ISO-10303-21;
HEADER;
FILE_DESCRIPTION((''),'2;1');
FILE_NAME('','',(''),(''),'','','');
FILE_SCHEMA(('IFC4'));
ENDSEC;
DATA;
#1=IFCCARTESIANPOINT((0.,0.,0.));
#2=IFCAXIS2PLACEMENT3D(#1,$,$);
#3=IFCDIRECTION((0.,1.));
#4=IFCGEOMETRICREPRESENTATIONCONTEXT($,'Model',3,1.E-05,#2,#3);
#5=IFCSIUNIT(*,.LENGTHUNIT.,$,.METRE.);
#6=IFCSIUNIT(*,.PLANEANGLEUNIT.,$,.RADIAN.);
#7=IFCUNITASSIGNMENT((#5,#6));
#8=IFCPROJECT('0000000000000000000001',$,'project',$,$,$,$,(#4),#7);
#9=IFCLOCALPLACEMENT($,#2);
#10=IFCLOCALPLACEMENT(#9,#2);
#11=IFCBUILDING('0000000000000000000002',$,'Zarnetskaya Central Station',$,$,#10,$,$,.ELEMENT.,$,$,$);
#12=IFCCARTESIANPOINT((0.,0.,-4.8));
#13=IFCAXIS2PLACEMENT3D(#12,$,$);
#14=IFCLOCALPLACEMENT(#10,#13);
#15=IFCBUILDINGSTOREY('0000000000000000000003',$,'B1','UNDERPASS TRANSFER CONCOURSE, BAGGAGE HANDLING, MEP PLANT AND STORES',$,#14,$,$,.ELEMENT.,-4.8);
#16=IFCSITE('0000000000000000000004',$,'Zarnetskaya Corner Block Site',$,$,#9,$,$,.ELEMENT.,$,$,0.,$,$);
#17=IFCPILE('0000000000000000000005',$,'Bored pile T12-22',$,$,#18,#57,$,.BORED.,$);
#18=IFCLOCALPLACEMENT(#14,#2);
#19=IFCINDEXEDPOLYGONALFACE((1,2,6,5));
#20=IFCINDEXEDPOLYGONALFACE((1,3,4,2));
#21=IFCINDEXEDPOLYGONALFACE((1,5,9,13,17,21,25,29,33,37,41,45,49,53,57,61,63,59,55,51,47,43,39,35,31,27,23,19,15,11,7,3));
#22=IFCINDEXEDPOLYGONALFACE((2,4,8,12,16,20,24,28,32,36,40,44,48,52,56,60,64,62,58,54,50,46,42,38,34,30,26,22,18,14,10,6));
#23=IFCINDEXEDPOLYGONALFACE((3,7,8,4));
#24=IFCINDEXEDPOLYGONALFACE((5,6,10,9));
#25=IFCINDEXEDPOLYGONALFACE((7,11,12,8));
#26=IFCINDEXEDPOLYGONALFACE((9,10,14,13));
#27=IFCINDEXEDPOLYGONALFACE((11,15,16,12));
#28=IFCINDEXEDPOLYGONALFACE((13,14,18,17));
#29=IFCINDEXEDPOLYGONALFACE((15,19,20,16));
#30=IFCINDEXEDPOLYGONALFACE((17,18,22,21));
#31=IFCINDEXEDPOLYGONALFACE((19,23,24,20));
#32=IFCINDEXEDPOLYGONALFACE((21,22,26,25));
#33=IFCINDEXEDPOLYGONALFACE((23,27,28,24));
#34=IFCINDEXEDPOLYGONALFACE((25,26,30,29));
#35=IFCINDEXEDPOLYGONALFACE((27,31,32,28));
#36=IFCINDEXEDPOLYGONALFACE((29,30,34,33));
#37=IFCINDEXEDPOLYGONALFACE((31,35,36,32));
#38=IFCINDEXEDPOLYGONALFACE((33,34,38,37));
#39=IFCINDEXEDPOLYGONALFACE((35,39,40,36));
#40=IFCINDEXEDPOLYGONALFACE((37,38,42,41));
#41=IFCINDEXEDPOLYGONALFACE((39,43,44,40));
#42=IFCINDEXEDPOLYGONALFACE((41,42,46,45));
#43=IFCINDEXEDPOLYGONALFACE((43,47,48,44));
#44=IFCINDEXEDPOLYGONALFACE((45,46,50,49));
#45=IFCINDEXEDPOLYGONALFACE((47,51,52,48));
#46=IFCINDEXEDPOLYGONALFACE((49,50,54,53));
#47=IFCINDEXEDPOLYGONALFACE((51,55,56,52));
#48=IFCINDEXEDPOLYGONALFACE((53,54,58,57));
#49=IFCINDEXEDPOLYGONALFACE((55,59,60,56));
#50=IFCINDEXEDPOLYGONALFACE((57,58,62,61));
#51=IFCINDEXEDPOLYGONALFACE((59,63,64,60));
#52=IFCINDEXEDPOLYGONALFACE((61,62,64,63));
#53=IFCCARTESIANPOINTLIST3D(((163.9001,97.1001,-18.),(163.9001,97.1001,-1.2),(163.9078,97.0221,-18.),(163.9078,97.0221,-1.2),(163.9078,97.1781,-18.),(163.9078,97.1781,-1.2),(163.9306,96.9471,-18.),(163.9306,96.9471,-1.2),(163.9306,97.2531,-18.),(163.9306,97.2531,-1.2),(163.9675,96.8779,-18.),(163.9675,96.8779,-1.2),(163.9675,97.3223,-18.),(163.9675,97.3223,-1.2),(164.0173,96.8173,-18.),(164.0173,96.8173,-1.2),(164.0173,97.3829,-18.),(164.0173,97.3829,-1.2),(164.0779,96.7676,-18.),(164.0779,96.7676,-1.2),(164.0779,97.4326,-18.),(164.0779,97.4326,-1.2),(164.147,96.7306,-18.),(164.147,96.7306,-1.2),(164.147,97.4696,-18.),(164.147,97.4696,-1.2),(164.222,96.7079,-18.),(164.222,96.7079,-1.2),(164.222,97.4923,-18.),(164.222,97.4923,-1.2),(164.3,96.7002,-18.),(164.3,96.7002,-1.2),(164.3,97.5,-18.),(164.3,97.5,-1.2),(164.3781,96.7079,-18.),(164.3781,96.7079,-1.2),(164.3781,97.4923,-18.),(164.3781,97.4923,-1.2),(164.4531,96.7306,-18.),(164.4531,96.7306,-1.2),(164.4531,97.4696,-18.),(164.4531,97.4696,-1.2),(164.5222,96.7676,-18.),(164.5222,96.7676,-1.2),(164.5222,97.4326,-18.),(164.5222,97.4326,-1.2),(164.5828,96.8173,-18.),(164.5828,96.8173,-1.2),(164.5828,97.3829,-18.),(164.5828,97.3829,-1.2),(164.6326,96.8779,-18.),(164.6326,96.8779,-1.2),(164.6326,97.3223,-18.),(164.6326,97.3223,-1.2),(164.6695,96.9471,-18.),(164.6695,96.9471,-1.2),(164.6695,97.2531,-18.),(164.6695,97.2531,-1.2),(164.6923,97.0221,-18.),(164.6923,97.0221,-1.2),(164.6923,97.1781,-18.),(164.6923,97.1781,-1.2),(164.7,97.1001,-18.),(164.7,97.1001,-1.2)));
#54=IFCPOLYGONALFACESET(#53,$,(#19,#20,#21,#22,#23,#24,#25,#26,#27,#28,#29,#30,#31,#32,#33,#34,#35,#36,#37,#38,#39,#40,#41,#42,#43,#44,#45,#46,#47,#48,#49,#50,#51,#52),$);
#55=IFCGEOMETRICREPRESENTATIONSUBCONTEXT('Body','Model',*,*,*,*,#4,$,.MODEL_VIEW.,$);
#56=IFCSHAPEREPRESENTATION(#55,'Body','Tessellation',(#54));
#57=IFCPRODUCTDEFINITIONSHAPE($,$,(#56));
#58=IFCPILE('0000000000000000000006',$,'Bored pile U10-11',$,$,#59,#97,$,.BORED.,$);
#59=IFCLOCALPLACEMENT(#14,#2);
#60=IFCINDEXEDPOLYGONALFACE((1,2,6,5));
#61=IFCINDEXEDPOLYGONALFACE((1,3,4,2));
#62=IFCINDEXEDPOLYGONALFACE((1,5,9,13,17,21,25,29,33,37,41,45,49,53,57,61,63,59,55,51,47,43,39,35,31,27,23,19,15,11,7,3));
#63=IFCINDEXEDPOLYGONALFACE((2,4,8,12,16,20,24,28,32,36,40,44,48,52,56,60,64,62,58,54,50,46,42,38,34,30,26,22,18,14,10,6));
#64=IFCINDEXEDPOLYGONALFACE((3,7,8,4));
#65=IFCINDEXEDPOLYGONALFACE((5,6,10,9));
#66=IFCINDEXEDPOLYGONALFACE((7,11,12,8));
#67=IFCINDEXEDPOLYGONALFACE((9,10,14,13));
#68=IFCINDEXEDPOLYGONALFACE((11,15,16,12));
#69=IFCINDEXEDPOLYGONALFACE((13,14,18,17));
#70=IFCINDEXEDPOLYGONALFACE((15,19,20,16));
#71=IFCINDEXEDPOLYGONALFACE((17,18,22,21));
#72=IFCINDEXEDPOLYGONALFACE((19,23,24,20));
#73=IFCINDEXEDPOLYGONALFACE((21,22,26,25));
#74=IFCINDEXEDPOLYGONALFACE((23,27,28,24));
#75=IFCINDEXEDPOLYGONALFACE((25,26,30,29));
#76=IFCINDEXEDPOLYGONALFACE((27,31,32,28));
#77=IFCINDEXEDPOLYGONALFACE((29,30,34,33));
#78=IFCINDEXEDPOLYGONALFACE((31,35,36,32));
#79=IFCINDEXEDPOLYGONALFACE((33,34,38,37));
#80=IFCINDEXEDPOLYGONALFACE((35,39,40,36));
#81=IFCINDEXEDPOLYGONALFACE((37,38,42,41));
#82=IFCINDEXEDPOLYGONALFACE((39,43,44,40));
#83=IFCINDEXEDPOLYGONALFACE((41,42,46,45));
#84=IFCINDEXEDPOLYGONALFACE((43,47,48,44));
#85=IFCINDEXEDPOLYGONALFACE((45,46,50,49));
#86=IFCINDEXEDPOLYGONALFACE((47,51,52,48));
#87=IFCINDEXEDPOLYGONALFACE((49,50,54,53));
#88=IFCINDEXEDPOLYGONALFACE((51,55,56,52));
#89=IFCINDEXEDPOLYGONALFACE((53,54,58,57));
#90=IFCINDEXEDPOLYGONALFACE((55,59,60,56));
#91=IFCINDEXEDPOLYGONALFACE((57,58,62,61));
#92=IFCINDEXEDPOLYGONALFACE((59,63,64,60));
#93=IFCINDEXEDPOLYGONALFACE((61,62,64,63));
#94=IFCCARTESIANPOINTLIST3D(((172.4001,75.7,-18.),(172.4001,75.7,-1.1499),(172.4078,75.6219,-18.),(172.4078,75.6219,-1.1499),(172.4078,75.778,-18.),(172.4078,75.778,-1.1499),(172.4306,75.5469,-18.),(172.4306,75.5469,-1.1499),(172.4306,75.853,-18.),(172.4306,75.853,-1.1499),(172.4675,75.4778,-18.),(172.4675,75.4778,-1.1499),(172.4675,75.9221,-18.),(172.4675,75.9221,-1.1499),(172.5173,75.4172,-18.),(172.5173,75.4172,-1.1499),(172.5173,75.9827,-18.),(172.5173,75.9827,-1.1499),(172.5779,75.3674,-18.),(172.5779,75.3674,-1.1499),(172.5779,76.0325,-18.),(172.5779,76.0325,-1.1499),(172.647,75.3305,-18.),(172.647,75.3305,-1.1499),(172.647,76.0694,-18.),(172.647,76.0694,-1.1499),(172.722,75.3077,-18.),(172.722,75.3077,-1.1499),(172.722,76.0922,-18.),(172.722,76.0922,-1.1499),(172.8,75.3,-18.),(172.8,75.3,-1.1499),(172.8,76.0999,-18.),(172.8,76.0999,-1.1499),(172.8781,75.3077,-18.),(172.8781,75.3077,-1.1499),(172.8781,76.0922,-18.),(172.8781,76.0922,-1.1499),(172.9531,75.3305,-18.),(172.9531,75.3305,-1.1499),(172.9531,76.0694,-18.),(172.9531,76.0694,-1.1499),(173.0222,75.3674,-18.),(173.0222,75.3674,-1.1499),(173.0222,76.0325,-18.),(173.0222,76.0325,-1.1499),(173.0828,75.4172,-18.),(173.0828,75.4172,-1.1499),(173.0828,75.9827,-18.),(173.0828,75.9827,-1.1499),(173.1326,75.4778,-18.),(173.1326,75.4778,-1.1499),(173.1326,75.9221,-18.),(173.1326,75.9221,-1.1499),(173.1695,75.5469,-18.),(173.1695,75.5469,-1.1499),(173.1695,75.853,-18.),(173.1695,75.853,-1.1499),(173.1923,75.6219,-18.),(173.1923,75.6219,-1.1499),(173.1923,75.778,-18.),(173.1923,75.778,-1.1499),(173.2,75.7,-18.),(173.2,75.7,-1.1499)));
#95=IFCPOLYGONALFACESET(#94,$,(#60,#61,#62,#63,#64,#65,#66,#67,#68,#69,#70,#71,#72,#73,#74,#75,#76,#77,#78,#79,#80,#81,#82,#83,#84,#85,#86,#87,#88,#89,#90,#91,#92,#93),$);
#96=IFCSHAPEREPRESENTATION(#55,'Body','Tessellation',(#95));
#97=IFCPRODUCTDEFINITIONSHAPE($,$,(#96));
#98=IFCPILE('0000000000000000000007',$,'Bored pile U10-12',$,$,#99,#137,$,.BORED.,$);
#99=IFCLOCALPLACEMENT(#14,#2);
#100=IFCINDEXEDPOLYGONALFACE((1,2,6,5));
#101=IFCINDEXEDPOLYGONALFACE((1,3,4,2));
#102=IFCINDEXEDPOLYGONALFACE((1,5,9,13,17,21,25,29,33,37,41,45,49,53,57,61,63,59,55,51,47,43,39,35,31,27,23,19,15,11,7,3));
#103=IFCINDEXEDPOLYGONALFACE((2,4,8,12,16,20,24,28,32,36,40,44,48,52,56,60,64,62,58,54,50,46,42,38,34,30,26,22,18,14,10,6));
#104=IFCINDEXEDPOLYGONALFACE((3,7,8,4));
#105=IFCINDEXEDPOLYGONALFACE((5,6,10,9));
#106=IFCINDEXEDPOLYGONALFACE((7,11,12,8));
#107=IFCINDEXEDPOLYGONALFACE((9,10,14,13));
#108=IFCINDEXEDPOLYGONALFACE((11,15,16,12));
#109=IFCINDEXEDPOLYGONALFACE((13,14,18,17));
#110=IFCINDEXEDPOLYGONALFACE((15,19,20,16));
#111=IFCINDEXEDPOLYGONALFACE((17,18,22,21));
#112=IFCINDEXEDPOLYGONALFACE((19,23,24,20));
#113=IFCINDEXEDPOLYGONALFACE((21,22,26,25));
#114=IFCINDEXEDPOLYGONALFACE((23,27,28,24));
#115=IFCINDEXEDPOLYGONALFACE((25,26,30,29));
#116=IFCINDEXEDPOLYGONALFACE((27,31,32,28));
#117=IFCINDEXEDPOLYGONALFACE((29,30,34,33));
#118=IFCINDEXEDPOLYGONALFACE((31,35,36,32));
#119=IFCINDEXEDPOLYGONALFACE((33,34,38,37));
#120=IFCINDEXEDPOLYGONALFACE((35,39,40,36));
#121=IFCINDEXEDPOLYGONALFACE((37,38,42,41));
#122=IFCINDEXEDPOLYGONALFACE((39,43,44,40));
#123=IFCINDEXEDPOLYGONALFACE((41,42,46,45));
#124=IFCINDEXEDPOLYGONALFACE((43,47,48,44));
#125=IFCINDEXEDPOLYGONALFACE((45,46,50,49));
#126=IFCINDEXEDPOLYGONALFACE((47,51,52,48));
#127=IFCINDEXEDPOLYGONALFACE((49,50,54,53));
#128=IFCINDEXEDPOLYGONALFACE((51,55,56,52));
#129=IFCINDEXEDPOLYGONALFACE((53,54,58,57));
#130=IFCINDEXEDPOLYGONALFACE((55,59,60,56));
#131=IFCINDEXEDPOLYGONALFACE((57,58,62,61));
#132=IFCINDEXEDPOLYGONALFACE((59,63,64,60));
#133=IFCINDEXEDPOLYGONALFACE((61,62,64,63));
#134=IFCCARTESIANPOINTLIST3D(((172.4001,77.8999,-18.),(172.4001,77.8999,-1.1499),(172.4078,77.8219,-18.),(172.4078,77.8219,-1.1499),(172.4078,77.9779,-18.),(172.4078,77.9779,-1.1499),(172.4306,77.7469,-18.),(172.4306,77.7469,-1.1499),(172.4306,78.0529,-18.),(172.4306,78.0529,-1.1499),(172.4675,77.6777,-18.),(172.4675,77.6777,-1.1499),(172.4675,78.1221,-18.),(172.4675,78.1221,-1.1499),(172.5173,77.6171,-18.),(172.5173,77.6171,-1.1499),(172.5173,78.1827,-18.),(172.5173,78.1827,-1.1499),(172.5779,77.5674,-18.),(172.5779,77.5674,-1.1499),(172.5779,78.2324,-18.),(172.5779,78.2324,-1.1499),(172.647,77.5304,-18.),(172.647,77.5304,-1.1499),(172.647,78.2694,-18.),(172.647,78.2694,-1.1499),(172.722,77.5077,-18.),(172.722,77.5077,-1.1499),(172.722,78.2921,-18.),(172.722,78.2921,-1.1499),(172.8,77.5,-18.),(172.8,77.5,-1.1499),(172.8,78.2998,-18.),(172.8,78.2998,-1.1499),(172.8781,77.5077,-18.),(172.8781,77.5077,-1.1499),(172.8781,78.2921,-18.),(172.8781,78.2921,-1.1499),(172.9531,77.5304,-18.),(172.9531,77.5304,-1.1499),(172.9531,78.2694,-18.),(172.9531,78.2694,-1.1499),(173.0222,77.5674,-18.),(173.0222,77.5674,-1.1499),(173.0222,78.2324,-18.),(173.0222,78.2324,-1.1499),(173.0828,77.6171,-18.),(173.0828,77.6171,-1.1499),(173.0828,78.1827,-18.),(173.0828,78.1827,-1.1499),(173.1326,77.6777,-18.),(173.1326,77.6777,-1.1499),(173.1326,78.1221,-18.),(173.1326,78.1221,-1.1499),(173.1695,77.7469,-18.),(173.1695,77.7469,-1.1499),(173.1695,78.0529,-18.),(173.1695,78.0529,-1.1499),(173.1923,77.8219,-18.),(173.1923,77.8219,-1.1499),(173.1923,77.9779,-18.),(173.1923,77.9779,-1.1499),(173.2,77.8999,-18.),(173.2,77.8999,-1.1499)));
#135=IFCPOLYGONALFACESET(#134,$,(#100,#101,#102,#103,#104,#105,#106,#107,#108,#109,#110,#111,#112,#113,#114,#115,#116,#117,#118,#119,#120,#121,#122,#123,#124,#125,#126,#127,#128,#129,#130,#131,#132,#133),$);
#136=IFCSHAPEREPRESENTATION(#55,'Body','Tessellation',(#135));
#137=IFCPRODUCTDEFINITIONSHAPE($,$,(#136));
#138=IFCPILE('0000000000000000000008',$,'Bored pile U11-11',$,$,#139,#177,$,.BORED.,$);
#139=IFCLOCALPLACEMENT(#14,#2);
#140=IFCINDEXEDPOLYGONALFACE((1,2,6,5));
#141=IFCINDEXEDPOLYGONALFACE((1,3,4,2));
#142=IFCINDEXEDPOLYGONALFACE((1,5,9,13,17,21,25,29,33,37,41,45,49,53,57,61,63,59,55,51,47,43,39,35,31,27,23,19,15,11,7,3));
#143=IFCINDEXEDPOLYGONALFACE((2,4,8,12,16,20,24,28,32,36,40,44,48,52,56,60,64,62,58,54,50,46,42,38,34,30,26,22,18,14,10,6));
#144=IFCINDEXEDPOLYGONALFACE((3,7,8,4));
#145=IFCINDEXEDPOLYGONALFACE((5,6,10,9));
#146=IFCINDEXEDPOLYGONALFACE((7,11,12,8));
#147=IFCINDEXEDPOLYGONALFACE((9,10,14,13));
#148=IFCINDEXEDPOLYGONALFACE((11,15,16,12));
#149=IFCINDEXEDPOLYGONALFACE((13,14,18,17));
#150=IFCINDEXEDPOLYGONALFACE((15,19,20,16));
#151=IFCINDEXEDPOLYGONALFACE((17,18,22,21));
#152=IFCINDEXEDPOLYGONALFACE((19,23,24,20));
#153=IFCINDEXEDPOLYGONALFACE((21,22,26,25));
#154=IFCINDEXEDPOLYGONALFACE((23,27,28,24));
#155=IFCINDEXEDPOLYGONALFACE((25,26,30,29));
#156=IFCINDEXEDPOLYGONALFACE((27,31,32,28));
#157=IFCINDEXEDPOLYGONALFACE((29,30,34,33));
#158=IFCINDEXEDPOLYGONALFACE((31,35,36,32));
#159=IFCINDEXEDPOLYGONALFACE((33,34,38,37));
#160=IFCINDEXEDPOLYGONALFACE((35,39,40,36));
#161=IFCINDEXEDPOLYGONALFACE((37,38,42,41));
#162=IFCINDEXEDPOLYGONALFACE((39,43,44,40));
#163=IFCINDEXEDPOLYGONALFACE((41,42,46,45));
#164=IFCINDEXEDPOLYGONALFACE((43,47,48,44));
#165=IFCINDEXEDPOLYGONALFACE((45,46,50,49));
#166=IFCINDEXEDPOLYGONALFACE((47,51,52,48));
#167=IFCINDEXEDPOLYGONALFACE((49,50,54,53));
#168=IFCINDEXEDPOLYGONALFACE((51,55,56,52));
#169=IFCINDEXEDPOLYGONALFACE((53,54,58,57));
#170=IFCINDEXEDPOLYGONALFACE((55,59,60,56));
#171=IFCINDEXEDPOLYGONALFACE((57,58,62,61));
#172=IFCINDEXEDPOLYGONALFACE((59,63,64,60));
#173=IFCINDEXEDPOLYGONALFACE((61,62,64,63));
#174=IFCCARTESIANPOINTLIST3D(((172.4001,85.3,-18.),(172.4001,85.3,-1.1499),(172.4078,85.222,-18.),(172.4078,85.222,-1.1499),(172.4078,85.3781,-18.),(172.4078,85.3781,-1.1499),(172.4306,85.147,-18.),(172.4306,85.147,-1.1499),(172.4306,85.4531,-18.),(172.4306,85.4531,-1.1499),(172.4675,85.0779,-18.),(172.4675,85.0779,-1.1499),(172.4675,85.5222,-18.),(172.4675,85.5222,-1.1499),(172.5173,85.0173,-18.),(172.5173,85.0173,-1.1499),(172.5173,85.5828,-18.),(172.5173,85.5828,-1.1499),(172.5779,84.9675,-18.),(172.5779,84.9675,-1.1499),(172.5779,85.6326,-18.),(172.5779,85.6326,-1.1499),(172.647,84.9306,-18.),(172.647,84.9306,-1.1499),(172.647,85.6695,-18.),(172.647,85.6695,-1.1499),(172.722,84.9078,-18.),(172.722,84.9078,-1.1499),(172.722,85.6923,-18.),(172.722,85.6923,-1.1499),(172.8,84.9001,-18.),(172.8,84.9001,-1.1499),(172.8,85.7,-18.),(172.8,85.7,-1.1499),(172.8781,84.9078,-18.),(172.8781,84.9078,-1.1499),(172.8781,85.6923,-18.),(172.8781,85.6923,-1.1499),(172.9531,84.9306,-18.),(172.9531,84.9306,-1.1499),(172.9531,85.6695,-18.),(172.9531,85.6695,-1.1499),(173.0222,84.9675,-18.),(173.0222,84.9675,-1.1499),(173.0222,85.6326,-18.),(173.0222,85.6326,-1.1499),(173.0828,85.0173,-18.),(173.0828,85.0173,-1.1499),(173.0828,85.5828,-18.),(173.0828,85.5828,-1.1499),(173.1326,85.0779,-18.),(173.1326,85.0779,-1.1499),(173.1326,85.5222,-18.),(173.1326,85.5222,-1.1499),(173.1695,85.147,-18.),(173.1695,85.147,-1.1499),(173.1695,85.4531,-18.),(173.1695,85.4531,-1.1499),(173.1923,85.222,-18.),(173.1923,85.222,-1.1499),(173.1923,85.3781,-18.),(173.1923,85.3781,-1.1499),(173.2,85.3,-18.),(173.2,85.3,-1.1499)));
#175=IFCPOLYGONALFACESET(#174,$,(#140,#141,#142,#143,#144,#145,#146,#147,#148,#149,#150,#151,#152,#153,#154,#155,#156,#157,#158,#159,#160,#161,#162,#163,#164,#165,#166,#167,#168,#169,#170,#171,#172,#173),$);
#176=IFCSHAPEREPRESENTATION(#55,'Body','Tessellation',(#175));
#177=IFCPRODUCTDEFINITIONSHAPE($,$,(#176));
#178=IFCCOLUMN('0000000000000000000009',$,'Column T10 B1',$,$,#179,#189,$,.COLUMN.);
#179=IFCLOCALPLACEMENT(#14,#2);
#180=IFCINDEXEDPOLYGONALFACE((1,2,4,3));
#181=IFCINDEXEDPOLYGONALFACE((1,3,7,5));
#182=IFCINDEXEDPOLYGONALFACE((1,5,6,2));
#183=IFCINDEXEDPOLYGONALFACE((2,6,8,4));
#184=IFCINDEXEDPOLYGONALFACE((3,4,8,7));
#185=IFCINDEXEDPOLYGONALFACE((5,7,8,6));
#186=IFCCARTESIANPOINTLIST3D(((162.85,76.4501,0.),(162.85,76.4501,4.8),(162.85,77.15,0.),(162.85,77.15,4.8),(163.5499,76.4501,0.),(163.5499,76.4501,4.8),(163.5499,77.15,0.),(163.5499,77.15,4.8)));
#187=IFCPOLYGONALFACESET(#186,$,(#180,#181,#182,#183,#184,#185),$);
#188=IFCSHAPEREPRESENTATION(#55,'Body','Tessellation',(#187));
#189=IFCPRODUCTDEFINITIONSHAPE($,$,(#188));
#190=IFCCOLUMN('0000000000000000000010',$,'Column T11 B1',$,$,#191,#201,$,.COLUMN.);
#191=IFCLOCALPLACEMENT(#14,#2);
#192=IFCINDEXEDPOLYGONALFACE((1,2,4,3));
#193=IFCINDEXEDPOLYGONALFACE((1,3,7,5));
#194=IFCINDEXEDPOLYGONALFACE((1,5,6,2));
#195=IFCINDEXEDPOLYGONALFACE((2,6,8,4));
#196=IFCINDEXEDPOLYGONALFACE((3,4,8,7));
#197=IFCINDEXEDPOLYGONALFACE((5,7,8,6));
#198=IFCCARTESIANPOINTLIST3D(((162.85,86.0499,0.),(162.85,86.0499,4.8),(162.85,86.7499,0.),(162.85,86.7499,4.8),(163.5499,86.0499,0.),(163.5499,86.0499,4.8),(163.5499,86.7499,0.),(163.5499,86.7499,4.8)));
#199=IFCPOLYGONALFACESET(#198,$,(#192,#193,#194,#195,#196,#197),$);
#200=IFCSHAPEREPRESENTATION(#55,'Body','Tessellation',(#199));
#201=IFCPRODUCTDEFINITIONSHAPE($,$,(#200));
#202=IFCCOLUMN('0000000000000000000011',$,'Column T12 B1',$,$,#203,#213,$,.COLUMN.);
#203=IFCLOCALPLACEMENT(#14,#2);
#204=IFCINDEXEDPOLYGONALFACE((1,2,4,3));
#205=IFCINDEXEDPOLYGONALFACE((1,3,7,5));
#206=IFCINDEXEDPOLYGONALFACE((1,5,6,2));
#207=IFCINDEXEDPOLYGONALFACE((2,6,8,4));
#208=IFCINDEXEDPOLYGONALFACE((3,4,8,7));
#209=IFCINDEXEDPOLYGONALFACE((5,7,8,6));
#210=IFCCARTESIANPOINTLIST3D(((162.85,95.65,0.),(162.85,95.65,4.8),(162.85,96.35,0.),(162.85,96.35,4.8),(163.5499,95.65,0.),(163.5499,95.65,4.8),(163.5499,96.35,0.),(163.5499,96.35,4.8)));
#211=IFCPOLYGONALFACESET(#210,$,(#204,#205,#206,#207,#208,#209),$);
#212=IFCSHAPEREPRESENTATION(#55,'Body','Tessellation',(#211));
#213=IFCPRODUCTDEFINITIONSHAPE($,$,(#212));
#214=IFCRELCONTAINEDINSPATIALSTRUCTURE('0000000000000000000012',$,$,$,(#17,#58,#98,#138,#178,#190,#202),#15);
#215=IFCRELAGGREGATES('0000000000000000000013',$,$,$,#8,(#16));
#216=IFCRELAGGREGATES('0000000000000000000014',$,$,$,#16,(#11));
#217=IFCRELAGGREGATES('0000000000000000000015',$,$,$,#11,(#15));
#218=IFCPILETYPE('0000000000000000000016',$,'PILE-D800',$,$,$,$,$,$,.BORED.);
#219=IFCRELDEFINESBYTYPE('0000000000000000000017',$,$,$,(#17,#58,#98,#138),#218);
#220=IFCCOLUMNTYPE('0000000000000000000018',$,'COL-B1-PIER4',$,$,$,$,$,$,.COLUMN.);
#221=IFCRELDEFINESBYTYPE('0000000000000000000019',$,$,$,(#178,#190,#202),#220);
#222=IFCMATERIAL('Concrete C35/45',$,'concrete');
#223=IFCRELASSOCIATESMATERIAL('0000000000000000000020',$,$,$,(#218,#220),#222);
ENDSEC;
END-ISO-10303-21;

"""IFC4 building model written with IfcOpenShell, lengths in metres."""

from ifc_helpers import new_model, si_unit, direction, frame, origin, origin_2d, place, context, subcontext, project, spatial, rectangle, circle, extrude, material, material_profile, profile_set, type_object, element, save


model = new_model("IFC4")

# Units and contexts
model_context = context("Model", 3, precision=1e-05, world=origin(), true_north=direction((0.0, 1.0)))
body_context = subcontext(model_context, "Body", "Model", "MODEL_VIEW")
ifc_project = project(units=[si_unit("LENGTHUNIT", "METRE"), si_unit("PLANEANGLEUNIT", "RADIAN")], contexts=[model_context])

# Site, building, storey
site_placement = place(None, origin())
site = spatial("IfcSite", under=ifc_project, at=site_placement, Name="Zarnetskaya Corner Block Site", CompositionType="ELEMENT", RefElevation=0.0)
building_placement = place(site_placement, origin())
building = spatial("IfcBuilding", under=site, at=building_placement, Name="Zarnetskaya Central Station", CompositionType="ELEMENT")
storey_placement = place(building_placement, frame((0.0, 0.0, -4.8)))
storey = spatial("IfcBuildingStorey", under=building, at=storey_placement, Name="B1", Description="UNDERPASS TRANSFER CONCOURSE, BAGGAGE HANDLING, MEP PLANT AND STORES", CompositionType="ELEMENT", Elevation=-4.8)

# Shared definitions
ifc_material = material(Name="Concrete C35/45", Category="concrete")

# Piles
ifc_material_profile_1 = material_profile(ifc_material, circle(Radius=0.3999, at=origin_2d()), Name="BORED PILE D800")
ifc_profile_set_1 = profile_set([ifc_material_profile_1], Name="Concrete C35/45")
pile_type = type_object("IfcPileType", Name="PILE-D800", PredefinedType="BORED", material=ifc_profile_set_1)
for number, where, z_axis, x_axis, name in (
    (1, (164.3, 97.1001, -1.2), (0.0, 0.0, -1.0), (1.0, 0.0, 0.0), "Bored pile T12-22"),
):
    element("IfcPile", number, at=place(storey_placement, frame(where, z_axis=z_axis, x_axis=x_axis)), inside=storey, type_object=pile_type, Name=name, PredefinedType="BORED", context=body_context, shape_type="SweptSolid", body=[
        extrude(circle(Radius=0.3999, at=origin_2d()), origin(), (0.0, 0.0, 1.0), 16.8),
    ])
for number, where, z_axis, x_axis, name in (
    (2, (172.8, 75.7, -1.1499), (0.0, 0.0, -1.0), (1.0, 0.0, 0.0), "Bored pile U10-11"),
    (3, (172.8, 77.8999, -1.1499), (0.0, 0.0, -1.0), (1.0, 0.0, 0.0), "Bored pile U10-12"),
    (4, (172.8, 85.3, -1.1499), (0.0, 0.0, -1.0), (1.0, 0.0, 0.0), "Bored pile U11-11"),
):
    element("IfcPile", number, at=place(storey_placement, frame(where, z_axis=z_axis, x_axis=x_axis)), inside=storey, type_object=pile_type, Name=name, PredefinedType="BORED", context=body_context, shape_type="SweptSolid", body=[
        extrude(circle(Radius=0.3999, at=origin_2d()), origin(), (0.0, 0.0, 1.0), 16.8501),
    ])

# Columns
ifc_material_profile_2 = material_profile(ifc_material, rectangle(XDim=0.7, YDim=0.7, at=origin_2d()), Name="RC 700x700")
ifc_profile_set_2 = profile_set([ifc_material_profile_2], Name="Concrete C35/45")
column_type_1 = type_object("IfcColumnType", Name="COL-B1-PIER4", PredefinedType="COLUMN", material=ifc_profile_set_2)
for number, where, z_axis, x_axis, name in (
    (5, (163.2, 76.8, 0.0), (0.0, 0.0, 1.0), (1.0, 0.0, 0.0), "Column T10 B1"),
    (6, (163.2, 86.3999, 0.0), (0.0, 0.0, 1.0), (1.0, 0.0, 0.0), "Column T11 B1"),
    (7, (163.2, 96.0, 0.0), (0.0, 0.0, 1.0), (1.0, 0.0, 0.0), "Column T12 B1"),
):
    element("IfcColumn", number, at=place(storey_placement, frame(where, z_axis=z_axis, x_axis=x_axis)), inside=storey, type_object=column_type_1, Name=name, PredefinedType="COLUMN", context=body_context, shape_type="SweptSolid", body=[
        extrude(rectangle(XDim=0.7, YDim=0.7, at=origin_2d()), origin(), (0.0, 0.0, 1.0), 4.8),
    ])

save(model, "model.ifc")
